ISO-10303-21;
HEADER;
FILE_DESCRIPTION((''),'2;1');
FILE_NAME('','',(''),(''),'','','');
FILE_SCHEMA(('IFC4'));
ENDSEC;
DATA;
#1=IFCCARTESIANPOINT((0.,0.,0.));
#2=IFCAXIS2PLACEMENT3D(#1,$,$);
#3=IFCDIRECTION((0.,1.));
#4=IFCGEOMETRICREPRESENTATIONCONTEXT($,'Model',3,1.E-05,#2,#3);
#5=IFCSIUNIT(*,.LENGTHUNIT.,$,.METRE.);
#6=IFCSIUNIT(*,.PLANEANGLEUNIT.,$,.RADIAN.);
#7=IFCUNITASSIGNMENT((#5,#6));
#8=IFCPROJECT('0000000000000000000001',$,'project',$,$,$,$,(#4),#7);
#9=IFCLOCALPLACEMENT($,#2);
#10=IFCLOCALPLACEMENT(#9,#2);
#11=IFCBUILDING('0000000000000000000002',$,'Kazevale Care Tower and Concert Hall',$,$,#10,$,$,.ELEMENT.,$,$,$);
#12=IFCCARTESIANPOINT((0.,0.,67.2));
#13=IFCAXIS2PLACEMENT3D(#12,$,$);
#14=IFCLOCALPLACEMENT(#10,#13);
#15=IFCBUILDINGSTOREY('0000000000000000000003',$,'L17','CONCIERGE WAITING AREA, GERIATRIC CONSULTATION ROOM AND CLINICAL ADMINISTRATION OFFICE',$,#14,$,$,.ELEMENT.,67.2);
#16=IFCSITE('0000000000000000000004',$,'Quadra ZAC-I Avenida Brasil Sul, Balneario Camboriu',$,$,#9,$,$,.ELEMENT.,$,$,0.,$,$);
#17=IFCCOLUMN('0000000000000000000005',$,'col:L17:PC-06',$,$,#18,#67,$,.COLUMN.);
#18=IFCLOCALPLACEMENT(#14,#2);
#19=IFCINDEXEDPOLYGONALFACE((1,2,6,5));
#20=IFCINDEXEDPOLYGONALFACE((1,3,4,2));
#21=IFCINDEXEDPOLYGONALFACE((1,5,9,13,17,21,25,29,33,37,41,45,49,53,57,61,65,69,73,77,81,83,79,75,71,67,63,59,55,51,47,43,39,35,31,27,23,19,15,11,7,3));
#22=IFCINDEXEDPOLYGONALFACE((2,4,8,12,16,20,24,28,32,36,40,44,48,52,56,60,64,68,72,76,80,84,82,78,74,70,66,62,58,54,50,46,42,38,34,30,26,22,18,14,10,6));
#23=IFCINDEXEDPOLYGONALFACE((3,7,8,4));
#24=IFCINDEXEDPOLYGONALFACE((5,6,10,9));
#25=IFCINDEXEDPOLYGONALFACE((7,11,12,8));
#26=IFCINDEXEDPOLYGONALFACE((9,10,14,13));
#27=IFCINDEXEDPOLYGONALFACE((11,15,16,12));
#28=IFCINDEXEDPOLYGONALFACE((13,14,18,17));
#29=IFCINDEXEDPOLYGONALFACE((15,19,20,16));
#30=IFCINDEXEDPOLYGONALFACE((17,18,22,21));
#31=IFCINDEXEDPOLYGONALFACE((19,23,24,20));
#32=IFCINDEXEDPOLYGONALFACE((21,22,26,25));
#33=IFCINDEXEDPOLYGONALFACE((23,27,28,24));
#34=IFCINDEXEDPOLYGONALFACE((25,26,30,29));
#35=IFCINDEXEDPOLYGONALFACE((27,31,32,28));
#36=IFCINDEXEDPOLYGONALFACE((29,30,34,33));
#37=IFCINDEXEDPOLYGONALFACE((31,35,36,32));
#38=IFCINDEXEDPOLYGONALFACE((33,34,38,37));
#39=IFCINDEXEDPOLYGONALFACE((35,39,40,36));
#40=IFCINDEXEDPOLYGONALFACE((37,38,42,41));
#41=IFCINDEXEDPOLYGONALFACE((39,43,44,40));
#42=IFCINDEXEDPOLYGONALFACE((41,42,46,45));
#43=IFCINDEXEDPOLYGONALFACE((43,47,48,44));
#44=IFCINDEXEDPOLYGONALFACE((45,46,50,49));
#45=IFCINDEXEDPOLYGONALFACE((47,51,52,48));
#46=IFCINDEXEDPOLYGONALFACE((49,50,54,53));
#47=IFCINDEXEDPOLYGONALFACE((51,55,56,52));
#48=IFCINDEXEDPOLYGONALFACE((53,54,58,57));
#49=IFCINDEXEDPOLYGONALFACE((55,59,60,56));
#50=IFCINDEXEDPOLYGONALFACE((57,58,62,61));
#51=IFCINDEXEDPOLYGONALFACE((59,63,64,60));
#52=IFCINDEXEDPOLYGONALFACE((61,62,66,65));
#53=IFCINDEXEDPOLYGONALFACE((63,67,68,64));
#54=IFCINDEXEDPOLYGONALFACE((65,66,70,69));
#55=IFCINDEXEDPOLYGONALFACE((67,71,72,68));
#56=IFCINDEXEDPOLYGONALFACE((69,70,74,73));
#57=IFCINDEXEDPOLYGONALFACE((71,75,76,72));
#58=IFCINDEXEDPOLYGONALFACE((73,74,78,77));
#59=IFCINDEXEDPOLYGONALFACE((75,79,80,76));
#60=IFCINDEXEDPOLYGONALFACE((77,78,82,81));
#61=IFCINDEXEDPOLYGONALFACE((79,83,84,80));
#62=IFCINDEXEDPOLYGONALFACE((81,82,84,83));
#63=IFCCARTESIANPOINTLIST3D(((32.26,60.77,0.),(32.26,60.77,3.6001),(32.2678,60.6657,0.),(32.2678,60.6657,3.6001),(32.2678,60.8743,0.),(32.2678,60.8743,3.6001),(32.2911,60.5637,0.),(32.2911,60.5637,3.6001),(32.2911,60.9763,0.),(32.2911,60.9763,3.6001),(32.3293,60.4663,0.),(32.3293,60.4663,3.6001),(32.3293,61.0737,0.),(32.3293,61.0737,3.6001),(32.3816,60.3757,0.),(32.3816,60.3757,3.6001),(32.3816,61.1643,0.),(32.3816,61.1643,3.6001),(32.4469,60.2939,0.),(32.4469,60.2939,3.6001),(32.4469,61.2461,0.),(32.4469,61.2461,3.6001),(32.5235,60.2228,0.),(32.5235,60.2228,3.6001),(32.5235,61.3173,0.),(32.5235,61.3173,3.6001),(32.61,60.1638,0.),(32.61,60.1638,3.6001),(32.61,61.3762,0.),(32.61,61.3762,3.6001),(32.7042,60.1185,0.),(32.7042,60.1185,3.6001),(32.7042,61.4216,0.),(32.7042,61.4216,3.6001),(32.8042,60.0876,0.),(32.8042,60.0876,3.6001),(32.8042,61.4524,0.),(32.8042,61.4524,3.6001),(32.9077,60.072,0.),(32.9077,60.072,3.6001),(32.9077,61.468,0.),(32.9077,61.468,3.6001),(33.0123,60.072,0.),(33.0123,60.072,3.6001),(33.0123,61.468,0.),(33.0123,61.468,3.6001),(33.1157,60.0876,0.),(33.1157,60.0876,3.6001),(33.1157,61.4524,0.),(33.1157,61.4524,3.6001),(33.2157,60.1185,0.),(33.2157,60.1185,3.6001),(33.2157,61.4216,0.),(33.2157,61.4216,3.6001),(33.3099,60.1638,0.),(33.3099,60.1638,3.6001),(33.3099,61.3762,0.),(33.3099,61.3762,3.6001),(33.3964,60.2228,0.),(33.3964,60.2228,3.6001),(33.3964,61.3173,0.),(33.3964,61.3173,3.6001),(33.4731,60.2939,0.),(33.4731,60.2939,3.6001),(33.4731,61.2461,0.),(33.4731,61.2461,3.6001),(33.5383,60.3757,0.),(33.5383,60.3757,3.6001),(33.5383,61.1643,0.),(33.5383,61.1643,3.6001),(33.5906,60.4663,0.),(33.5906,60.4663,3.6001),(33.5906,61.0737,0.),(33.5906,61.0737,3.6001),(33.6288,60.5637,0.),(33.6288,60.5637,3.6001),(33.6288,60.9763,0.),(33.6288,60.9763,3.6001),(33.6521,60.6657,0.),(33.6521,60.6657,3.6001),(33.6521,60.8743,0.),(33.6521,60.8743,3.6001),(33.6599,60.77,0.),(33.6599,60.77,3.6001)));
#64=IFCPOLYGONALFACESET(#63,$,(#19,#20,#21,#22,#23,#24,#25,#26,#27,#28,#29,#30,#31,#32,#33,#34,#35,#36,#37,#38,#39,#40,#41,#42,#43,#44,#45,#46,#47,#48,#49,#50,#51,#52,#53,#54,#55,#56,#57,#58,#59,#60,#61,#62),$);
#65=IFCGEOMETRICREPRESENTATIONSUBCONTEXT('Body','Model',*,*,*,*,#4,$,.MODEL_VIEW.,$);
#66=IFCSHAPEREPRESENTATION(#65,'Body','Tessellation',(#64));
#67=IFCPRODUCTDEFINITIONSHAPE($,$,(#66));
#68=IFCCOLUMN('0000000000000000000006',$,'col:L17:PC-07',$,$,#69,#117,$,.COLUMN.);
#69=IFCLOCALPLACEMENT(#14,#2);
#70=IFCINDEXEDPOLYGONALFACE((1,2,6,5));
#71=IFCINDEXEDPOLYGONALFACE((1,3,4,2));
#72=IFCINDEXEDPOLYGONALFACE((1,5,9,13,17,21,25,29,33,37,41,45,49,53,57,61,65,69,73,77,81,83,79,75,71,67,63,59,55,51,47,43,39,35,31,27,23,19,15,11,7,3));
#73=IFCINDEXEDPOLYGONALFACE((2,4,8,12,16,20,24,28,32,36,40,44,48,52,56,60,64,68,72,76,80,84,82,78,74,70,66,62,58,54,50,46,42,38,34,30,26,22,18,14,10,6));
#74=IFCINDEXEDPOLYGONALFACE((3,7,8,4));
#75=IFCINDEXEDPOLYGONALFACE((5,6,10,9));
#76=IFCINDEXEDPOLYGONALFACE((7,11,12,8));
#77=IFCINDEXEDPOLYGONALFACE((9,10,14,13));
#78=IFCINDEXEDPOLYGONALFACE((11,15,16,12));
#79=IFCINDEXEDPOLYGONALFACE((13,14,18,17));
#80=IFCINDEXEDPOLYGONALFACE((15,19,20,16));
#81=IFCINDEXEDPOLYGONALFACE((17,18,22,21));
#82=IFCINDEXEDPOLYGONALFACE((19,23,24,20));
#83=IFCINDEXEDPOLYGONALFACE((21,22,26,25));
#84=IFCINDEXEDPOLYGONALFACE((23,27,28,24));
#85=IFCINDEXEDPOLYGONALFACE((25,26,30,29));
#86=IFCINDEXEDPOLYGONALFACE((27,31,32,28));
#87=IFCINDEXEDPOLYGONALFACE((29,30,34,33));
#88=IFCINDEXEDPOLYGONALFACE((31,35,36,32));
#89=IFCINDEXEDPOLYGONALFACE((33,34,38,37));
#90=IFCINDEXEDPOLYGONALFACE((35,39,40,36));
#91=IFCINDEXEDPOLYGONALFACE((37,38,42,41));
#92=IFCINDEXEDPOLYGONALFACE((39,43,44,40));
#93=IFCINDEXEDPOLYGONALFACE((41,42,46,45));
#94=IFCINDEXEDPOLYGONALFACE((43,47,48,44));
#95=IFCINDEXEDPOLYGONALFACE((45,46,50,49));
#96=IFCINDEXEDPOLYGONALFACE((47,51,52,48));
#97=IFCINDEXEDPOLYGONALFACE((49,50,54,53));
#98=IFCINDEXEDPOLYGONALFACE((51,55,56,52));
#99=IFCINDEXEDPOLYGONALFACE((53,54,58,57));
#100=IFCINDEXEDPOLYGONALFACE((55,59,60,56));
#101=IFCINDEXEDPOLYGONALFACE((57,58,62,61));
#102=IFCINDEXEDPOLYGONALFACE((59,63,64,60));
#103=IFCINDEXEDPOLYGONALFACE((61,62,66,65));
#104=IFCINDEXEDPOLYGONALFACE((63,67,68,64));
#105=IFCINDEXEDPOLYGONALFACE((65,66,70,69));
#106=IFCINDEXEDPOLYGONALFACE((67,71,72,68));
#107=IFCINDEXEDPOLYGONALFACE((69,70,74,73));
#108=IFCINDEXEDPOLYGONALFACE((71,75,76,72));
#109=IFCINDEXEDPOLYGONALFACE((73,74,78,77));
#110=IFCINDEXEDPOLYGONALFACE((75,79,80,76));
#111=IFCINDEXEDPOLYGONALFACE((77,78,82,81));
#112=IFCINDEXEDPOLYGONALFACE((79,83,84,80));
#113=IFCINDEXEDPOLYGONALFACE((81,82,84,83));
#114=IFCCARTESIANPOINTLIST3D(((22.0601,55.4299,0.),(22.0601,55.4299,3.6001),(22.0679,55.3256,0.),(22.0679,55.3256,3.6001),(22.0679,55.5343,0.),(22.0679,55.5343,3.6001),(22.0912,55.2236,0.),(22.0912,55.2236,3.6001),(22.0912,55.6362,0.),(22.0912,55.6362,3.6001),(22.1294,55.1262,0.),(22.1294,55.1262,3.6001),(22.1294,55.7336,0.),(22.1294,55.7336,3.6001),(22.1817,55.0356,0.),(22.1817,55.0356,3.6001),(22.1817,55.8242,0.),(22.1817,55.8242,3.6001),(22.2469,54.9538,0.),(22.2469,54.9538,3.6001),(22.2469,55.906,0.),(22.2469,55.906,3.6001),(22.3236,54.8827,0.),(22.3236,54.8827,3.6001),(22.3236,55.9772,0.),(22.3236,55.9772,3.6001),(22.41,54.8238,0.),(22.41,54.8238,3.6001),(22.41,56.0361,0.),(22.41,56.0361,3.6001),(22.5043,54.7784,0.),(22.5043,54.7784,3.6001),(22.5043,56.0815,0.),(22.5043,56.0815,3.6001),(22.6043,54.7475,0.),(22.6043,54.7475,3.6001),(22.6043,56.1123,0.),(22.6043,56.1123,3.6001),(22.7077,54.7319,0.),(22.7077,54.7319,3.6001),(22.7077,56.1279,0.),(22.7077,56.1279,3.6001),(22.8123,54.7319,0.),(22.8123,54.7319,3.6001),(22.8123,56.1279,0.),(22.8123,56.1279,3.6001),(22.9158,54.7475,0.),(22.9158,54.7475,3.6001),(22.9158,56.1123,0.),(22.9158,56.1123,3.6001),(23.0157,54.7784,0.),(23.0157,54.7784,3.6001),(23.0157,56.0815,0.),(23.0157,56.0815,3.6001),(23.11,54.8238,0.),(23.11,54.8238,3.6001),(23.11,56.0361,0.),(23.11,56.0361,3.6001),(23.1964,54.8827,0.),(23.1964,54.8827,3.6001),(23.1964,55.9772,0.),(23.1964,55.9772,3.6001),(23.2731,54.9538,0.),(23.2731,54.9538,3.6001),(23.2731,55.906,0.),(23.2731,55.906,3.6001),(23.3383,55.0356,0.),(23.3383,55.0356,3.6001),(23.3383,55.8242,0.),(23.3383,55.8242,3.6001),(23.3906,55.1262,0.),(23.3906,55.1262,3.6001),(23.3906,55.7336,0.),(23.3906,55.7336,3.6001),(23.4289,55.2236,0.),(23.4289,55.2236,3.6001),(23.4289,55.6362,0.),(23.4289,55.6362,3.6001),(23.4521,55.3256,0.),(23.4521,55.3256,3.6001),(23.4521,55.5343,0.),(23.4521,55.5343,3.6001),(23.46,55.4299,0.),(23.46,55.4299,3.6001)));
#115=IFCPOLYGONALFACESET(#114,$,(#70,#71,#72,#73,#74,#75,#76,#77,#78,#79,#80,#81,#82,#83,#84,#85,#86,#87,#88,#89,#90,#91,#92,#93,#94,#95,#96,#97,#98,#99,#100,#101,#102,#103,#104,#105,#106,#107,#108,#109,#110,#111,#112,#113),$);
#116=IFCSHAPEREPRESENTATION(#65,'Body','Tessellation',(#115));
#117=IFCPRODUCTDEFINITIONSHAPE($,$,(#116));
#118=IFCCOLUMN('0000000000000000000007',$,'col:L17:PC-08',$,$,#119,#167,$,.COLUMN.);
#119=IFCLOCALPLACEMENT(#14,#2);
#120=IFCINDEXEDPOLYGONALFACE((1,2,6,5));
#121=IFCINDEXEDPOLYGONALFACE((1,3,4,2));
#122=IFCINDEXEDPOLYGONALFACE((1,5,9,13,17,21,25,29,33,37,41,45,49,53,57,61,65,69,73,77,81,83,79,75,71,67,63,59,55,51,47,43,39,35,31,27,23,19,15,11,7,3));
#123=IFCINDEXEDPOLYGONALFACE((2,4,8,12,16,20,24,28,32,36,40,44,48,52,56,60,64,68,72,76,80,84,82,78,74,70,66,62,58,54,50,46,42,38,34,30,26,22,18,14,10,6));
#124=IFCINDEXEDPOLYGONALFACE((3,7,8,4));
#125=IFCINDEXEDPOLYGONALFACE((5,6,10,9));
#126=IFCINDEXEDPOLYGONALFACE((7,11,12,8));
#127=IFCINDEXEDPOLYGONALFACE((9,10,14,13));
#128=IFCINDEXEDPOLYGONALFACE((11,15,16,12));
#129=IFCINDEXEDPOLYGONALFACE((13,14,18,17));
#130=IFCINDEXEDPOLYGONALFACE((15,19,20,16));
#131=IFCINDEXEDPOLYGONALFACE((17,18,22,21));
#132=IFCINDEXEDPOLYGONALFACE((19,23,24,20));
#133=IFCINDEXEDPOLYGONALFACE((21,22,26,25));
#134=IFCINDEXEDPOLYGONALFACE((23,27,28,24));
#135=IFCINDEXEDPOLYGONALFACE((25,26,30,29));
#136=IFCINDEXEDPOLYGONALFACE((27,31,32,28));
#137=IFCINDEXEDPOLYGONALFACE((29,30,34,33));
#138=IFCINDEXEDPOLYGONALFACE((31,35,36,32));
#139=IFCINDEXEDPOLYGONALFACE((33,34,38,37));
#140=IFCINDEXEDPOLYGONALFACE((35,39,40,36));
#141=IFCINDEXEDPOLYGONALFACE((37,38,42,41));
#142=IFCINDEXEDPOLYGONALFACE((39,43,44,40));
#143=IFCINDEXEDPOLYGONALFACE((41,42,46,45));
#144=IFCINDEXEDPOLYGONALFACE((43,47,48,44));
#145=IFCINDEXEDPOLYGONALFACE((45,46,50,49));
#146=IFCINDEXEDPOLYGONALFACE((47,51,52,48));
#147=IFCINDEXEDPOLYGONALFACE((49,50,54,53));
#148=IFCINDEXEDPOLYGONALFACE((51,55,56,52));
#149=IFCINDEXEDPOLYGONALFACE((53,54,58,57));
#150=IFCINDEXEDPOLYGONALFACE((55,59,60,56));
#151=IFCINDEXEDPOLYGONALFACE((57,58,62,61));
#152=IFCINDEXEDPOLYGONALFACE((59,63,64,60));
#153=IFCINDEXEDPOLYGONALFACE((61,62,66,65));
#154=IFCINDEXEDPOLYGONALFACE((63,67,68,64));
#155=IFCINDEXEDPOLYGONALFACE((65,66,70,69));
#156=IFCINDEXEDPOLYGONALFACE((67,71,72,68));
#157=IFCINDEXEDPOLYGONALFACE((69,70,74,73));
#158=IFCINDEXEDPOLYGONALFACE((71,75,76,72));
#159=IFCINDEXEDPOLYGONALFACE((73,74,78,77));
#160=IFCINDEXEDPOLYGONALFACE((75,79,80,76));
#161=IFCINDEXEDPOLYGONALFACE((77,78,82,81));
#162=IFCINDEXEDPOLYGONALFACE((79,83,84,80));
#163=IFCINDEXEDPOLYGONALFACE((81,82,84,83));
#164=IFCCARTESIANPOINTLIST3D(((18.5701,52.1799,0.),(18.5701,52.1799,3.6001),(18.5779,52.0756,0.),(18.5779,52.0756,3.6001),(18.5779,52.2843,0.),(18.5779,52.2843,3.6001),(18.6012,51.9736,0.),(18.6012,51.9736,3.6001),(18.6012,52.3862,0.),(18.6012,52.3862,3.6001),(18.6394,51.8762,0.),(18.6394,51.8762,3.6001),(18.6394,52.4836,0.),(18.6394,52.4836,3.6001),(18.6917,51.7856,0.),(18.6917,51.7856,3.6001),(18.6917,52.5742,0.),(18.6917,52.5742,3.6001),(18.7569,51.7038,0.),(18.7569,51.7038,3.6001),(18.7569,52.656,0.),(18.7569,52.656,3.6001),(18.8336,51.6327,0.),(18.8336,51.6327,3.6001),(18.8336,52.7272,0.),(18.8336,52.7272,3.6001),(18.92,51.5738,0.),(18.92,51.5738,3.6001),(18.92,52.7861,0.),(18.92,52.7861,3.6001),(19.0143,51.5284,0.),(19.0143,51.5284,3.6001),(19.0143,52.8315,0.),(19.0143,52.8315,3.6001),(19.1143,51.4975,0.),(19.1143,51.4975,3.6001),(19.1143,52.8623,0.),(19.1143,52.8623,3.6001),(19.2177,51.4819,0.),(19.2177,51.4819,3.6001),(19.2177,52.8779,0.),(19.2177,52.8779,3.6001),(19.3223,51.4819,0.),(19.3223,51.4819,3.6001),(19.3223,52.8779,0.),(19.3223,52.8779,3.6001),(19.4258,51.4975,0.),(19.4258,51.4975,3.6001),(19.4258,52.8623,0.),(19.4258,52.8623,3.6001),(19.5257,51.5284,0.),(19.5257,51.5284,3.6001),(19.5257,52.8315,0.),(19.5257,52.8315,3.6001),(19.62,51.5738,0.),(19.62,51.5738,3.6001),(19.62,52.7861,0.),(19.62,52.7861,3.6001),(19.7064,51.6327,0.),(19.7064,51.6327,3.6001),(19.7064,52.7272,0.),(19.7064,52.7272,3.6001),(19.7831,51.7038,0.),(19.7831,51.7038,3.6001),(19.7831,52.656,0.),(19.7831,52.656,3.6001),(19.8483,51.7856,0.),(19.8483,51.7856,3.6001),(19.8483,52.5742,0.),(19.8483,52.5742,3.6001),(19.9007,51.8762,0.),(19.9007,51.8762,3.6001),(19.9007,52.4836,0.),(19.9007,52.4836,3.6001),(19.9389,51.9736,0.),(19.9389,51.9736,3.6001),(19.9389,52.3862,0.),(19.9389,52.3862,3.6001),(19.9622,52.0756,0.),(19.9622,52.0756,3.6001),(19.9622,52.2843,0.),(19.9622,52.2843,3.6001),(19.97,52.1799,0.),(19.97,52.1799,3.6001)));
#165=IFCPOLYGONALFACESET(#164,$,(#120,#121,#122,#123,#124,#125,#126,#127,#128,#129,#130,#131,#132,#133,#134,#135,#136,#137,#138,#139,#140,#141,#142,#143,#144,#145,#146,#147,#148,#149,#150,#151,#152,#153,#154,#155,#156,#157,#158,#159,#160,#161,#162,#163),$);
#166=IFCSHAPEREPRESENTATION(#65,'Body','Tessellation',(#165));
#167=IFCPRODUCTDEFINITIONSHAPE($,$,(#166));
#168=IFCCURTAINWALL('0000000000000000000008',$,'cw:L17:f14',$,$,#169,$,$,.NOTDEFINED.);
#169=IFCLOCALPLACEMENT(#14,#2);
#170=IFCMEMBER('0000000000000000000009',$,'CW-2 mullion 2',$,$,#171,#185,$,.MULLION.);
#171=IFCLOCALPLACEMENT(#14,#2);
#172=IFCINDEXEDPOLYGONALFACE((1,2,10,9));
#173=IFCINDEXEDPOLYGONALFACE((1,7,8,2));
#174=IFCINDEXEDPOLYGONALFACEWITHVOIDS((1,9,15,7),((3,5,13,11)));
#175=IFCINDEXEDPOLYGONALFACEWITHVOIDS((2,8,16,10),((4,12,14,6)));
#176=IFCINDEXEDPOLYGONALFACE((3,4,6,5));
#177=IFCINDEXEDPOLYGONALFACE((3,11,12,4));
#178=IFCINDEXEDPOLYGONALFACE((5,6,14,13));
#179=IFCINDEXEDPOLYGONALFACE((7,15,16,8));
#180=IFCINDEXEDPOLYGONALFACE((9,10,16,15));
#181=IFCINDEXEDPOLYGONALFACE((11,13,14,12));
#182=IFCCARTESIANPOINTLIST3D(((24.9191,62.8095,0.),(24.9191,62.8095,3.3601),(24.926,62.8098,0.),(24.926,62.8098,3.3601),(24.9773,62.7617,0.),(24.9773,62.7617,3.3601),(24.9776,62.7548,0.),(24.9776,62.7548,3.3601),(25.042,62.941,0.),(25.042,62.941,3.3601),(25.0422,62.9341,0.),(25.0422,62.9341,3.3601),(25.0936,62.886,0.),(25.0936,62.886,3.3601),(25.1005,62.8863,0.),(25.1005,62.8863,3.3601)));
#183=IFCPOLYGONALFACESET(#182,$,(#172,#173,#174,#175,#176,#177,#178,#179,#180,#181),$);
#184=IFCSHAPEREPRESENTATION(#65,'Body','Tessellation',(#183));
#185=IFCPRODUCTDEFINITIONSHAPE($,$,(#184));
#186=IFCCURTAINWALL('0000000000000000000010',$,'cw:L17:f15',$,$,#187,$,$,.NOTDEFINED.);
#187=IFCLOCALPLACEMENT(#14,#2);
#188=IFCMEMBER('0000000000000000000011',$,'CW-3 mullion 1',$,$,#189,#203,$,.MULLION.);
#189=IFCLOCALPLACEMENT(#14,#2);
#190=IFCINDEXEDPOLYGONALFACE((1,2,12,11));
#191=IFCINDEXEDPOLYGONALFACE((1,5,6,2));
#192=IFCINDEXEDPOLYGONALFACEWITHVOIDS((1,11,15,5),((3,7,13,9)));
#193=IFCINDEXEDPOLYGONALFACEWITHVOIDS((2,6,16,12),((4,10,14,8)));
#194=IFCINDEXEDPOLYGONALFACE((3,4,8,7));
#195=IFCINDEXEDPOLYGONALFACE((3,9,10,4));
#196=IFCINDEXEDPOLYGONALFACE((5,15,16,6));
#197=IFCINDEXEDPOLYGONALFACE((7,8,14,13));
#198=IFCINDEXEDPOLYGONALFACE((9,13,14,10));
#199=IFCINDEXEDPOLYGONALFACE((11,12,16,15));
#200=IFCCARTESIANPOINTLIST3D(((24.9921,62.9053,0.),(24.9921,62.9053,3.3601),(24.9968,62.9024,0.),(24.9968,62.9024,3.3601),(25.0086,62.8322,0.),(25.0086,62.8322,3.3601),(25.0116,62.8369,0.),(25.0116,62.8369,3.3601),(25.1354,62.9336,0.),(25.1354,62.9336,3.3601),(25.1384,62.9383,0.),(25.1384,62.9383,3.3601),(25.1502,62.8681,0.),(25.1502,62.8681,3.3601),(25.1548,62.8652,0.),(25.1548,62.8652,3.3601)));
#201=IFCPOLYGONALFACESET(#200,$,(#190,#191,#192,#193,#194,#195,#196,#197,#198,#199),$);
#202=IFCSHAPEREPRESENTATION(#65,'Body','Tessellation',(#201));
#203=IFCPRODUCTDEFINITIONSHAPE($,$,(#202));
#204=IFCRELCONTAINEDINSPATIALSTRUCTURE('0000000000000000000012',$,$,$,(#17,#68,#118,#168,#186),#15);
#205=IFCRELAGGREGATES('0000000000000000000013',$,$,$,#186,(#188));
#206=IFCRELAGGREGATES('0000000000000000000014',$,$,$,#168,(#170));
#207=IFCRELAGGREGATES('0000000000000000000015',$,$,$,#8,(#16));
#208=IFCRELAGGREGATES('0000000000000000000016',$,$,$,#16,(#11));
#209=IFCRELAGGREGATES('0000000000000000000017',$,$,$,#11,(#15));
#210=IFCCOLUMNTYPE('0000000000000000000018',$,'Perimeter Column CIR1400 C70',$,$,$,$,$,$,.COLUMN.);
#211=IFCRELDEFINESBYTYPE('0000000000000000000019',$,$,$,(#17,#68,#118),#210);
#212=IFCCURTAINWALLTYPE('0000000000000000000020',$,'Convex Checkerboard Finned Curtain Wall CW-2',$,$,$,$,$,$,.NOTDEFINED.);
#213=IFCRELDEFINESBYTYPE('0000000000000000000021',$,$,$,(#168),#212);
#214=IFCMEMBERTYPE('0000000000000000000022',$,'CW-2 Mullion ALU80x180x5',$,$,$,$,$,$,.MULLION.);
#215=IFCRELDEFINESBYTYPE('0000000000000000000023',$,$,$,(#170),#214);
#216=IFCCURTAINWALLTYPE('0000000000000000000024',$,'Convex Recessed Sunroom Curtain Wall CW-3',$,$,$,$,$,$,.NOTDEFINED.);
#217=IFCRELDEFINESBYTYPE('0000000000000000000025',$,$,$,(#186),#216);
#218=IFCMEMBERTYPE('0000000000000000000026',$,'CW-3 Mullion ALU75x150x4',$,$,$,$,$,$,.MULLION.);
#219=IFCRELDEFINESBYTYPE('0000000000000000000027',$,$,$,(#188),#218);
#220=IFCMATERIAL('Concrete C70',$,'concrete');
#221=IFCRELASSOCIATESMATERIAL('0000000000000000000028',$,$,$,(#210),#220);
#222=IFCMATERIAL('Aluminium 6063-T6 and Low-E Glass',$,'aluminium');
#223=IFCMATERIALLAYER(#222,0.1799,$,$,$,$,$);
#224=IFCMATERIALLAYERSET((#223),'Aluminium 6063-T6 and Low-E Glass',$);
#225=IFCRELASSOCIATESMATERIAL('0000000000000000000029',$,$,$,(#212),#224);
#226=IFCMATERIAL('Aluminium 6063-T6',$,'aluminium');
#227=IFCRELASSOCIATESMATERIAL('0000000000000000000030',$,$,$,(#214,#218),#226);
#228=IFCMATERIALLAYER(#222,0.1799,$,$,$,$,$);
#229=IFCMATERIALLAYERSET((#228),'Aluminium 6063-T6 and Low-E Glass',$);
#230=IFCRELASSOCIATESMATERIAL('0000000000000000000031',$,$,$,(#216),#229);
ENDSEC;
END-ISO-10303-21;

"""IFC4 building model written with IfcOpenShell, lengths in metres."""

from ifc_helpers import new_model, si_unit, direction, frame, origin, origin_2d, place, context, subcontext, project, spatial, hollow_rectangle, circle, extrude, material, layer, layer_set, material_profile, profile_set, type_object, element, aggregate, save


model = new_model("IFC4")

# Units and contexts
model_context = context("Model", 3, precision=1e-05, world=origin(), true_north=direction((0.0, 1.0)))
body_context = subcontext(model_context, "Body", "Model", "MODEL_VIEW")
ifc_project = project(units=[si_unit("LENGTHUNIT", "METRE"), si_unit("PLANEANGLEUNIT", "RADIAN")], contexts=[model_context])

# Site, building, storey
site_placement = place(None, origin())
site = spatial("IfcSite", under=ifc_project, at=site_placement, Name="Quadra ZAC-I Avenida Brasil Sul, Balneario Camboriu", CompositionType="ELEMENT", RefElevation=0.0)
building_placement = place(site_placement, origin())
building = spatial("IfcBuilding", under=site, at=building_placement, Name="Kazevale Care Tower and Concert Hall", CompositionType="ELEMENT")
storey_placement = place(building_placement, frame((0.0, 0.0, 67.2)))
storey = spatial("IfcBuildingStorey", under=building, at=storey_placement, Name="L17", Description="CONCIERGE WAITING AREA, GERIATRIC CONSULTATION ROOM AND CLINICAL ADMINISTRATION OFFICE", CompositionType="ELEMENT", Elevation=67.2)

# Columns
ifc_material_1 = material(Name="Concrete C70", Category="concrete")
ifc_material_profile_1 = material_profile(ifc_material_1, circle(Radius=0.7, at=origin_2d()), Name="RC-CIR1400")
ifc_profile_set_1 = profile_set([ifc_material_profile_1], Name="Concrete C70")
column_type = type_object("IfcColumnType", Name="Perimeter Column CIR1400 C70", PredefinedType="COLUMN", material=ifc_profile_set_1)
for number, where, z_axis, x_axis, name in (
    (1, (32.96, 60.77, 0.0), (0.0, 0.0, 1.0), (1.0, 0.0, 0.0), "col:L17:PC-06"),
    (2, (22.76, 55.4299, 0.0), (0.0, 0.0, 1.0), (1.0, 0.0, 0.0), "col:L17:PC-07"),
    (3, (19.27, 52.1799, 0.0), (0.0, 0.0, 1.0), (1.0, 0.0, 0.0), "col:L17:PC-08"),
):
    element("IfcColumn", number, at=place(storey_placement, frame(where, z_axis=z_axis, x_axis=x_axis)), inside=storey, type_object=column_type, Name=name, PredefinedType="COLUMN", context=body_context, shape_type="SweptSolid", body=[
        extrude(circle(Radius=0.7, at=origin_2d()), origin(), (0.0, 0.0, 1.0), 3.6001),
    ])

# Curtain wall, member
ifc_material_2 = material(Name="Aluminium 6063-T6 and Low-E Glass", Category="aluminium")
ifc_layer_1 = layer(ifc_material_2, 0.1799)
ifc_layer_set_1 = layer_set([ifc_layer_1], Name="Aluminium 6063-T6 and Low-E Glass")
curtain_wall_type_1 = type_object("IfcCurtainWallType", Name="Convex Checkerboard Finned Curtain Wall CW-2", PredefinedType="NOTDEFINED", material=ifc_layer_set_1)
curtain_wall_1_placement = place(storey_placement, origin())
curtain_wall_1 = element("IfcCurtainWall", 4, at=curtain_wall_1_placement, inside=storey, type_object=curtain_wall_type_1, Name="cw:L17:f14", PredefinedType="NOTDEFINED")
ifc_material_3 = material(Name="Aluminium 6063-T6", Category="aluminium")
ifc_material_profile_2 = material_profile(ifc_material_3, hollow_rectangle(XDim=0.0801, YDim=0.1799, WallThickness=0.0049, at=origin_2d()), Name="ALU80x180x5")
ifc_profile_set_2 = profile_set([ifc_material_profile_2], Name="Aluminium 6063-T6")
member_type_1 = type_object("IfcMemberType", Name="CW-2 Mullion ALU80x180x5", PredefinedType="MULLION", material=ifc_profile_set_2)
member_1_placement = place(storey_placement, frame((25.0098, 62.8479, 0.0), z_axis=(0.0, 0.0, 1.0), x_axis=(-0.730363, 0.683059, 0.0)))
member_1 = element("IfcMember", 5, at=member_1_placement, type_object=member_type_1, Name="CW-2 mullion 2", PredefinedType="MULLION", context=body_context, shape_type="SweptSolid", body=[
    extrude(hollow_rectangle(XDim=0.0801, YDim=0.1799, WallThickness=0.0049, at=origin_2d()), origin(), (0.0, 0.0, 1.0), 3.3601),
])

# Curtain wall, member
ifc_layer_2 = layer(ifc_material_2, 0.1799)
ifc_layer_set_2 = layer_set([ifc_layer_2], Name="Aluminium 6063-T6 and Low-E Glass")
curtain_wall_type_2 = type_object("IfcCurtainWallType", Name="Convex Recessed Sunroom Curtain Wall CW-3", PredefinedType="NOTDEFINED", material=ifc_layer_set_2)
curtain_wall_2_placement = place(storey_placement, origin())
curtain_wall_2 = element("IfcCurtainWall", 6, at=curtain_wall_2_placement, inside=storey, type_object=curtain_wall_type_2, Name="cw:L17:f15", PredefinedType="NOTDEFINED")
ifc_material_profile_3 = material_profile(ifc_material_3, hollow_rectangle(XDim=0.075, YDim=0.1499, WallThickness=0.0039, at=origin_2d()), Name="ALU75x150x4")
ifc_profile_set_3 = profile_set([ifc_material_profile_3], Name="Aluminium 6063-T6")
member_type_2 = type_object("IfcMemberType", Name="CW-3 Mullion ALU75x150x4", PredefinedType="MULLION", material=ifc_profile_set_3)
member_2_placement = place(storey_placement, frame((25.0735, 62.8853, 0.0), z_axis=(0.0, 0.0, 1.0), x_axis=(-0.219911, 0.97552, 0.0)))
member_2 = element("IfcMember", 7, at=member_2_placement, type_object=member_type_2, Name="CW-3 mullion 1", PredefinedType="MULLION", context=body_context, shape_type="SweptSolid", body=[
    extrude(hollow_rectangle(XDim=0.075, YDim=0.1499, WallThickness=0.0039, at=origin_2d()), origin(), (0.0, 0.0, 1.0), 3.3601),
])
aggregate(curtain_wall_2, [member_2])

aggregate(curtain_wall_1, [member_1])

save(model, "model.ifc")
